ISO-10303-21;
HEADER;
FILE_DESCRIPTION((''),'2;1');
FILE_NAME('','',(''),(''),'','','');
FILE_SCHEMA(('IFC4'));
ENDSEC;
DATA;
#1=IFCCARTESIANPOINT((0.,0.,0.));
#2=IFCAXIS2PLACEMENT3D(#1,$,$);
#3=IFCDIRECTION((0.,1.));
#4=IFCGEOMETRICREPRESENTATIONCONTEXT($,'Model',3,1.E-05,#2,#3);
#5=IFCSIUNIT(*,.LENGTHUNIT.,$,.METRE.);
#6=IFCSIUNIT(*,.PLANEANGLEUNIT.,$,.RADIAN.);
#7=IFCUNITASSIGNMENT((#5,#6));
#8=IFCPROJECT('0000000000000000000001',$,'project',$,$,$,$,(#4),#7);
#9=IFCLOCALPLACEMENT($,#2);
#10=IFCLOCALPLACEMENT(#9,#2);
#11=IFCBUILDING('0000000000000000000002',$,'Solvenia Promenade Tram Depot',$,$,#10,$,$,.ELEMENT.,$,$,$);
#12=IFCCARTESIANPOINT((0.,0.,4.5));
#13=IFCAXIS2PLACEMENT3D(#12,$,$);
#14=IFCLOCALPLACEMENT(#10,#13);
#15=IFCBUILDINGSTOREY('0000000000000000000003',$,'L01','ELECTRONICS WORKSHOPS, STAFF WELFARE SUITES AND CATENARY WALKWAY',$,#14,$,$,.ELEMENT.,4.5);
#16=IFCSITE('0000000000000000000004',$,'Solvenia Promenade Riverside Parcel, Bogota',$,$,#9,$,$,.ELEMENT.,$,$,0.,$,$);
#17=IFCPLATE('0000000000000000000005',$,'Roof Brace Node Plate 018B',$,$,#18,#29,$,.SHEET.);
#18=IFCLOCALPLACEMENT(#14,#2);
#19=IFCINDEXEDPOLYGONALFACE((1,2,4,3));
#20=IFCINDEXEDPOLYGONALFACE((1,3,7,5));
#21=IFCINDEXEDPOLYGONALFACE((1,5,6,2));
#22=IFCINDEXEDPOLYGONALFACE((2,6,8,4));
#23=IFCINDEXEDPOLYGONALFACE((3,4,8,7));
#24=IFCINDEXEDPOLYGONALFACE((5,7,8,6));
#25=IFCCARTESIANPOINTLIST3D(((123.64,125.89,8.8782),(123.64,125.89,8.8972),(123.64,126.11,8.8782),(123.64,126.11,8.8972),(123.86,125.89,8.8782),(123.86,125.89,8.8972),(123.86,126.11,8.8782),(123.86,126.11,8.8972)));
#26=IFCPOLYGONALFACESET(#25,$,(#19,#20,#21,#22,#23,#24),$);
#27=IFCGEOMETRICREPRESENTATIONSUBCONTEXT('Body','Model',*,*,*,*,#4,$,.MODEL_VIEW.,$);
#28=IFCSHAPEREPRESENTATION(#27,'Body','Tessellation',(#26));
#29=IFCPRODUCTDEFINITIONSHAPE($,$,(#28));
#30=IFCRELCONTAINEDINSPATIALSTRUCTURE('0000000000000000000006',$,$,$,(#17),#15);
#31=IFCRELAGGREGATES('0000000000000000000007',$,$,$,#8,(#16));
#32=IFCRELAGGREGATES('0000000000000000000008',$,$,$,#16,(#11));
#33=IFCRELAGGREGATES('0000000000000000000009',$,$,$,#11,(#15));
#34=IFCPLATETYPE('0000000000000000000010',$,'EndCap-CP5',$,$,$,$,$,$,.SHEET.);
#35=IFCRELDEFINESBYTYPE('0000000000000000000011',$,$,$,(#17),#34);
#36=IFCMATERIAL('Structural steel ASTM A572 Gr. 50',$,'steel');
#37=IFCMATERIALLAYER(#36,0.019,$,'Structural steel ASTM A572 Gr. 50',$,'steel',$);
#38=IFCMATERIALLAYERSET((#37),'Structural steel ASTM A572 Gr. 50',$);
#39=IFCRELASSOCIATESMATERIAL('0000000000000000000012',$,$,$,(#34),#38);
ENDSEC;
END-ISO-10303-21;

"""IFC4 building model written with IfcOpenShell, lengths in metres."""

from ifc_helpers import new_model, si_unit, direction, frame, origin, origin_2d, place, context, subcontext, project, spatial, rectangle, extrude, material, layer, layer_set, type_object, element, save


model = new_model("IFC4")

# Units and contexts
model_context = context("Model", 3, precision=1e-05, world=origin(), true_north=direction((0.0, 1.0)))
body_context = subcontext(model_context, "Body", "Model", "MODEL_VIEW")
ifc_project = project(units=[si_unit("LENGTHUNIT", "METRE"), si_unit("PLANEANGLEUNIT", "RADIAN")], contexts=[model_context])

# Site, building, storey
site_placement = place(None, origin())
site = spatial("IfcSite", under=ifc_project, at=site_placement, Name="Solvenia Promenade Riverside Parcel, Bogota", CompositionType="ELEMENT", RefElevation=0.0)
building_placement = place(site_placement, origin())
building = spatial("IfcBuilding", under=site, at=building_placement, Name="Solvenia Promenade Tram Depot", CompositionType="ELEMENT")
storey_placement = place(building_placement, frame((0.0, 0.0, 4.5)))
storey = spatial("IfcBuildingStorey", under=building, at=storey_placement, Name="L01", Description="ELECTRONICS WORKSHOPS, STAFF WELFARE SUITES AND CATENARY WALKWAY", CompositionType="ELEMENT", Elevation=4.5)

# Plate
ifc_material_1 = material(Name="Structural steel ASTM A572 Gr. 50", Category="steel")
ifc_layer_1 = layer(ifc_material_1, 0.019, Name="Structural steel ASTM A572 Gr. 50", Category="steel")
ifc_layer_set_1 = layer_set([ifc_layer_1], Name="Structural steel ASTM A572 Gr. 50")
plate_type_1 = type_object("IfcPlateType", Name="EndCap-CP5", PredefinedType="SHEET", material=ifc_layer_set_1)
plate_1_placement = place(storey_placement, frame((123.75, 126.0, 8.8782), z_axis=(0.0, 0.0, 1.0), x_axis=(1.0, 0.0, 0.0)))
element("IfcPlate", 1, at=plate_1_placement, inside=storey, type_object=plate_type_1, Name="Roof Brace Node Plate 018B", PredefinedType="SHEET", context=body_context, shape_type="SweptSolid", body=[
    extrude(rectangle(XDim=0.22, YDim=0.22, at=origin_2d()), origin(), (0.0, 0.0, 1.0), 0.019),
])

save(model, "model.ifc")
